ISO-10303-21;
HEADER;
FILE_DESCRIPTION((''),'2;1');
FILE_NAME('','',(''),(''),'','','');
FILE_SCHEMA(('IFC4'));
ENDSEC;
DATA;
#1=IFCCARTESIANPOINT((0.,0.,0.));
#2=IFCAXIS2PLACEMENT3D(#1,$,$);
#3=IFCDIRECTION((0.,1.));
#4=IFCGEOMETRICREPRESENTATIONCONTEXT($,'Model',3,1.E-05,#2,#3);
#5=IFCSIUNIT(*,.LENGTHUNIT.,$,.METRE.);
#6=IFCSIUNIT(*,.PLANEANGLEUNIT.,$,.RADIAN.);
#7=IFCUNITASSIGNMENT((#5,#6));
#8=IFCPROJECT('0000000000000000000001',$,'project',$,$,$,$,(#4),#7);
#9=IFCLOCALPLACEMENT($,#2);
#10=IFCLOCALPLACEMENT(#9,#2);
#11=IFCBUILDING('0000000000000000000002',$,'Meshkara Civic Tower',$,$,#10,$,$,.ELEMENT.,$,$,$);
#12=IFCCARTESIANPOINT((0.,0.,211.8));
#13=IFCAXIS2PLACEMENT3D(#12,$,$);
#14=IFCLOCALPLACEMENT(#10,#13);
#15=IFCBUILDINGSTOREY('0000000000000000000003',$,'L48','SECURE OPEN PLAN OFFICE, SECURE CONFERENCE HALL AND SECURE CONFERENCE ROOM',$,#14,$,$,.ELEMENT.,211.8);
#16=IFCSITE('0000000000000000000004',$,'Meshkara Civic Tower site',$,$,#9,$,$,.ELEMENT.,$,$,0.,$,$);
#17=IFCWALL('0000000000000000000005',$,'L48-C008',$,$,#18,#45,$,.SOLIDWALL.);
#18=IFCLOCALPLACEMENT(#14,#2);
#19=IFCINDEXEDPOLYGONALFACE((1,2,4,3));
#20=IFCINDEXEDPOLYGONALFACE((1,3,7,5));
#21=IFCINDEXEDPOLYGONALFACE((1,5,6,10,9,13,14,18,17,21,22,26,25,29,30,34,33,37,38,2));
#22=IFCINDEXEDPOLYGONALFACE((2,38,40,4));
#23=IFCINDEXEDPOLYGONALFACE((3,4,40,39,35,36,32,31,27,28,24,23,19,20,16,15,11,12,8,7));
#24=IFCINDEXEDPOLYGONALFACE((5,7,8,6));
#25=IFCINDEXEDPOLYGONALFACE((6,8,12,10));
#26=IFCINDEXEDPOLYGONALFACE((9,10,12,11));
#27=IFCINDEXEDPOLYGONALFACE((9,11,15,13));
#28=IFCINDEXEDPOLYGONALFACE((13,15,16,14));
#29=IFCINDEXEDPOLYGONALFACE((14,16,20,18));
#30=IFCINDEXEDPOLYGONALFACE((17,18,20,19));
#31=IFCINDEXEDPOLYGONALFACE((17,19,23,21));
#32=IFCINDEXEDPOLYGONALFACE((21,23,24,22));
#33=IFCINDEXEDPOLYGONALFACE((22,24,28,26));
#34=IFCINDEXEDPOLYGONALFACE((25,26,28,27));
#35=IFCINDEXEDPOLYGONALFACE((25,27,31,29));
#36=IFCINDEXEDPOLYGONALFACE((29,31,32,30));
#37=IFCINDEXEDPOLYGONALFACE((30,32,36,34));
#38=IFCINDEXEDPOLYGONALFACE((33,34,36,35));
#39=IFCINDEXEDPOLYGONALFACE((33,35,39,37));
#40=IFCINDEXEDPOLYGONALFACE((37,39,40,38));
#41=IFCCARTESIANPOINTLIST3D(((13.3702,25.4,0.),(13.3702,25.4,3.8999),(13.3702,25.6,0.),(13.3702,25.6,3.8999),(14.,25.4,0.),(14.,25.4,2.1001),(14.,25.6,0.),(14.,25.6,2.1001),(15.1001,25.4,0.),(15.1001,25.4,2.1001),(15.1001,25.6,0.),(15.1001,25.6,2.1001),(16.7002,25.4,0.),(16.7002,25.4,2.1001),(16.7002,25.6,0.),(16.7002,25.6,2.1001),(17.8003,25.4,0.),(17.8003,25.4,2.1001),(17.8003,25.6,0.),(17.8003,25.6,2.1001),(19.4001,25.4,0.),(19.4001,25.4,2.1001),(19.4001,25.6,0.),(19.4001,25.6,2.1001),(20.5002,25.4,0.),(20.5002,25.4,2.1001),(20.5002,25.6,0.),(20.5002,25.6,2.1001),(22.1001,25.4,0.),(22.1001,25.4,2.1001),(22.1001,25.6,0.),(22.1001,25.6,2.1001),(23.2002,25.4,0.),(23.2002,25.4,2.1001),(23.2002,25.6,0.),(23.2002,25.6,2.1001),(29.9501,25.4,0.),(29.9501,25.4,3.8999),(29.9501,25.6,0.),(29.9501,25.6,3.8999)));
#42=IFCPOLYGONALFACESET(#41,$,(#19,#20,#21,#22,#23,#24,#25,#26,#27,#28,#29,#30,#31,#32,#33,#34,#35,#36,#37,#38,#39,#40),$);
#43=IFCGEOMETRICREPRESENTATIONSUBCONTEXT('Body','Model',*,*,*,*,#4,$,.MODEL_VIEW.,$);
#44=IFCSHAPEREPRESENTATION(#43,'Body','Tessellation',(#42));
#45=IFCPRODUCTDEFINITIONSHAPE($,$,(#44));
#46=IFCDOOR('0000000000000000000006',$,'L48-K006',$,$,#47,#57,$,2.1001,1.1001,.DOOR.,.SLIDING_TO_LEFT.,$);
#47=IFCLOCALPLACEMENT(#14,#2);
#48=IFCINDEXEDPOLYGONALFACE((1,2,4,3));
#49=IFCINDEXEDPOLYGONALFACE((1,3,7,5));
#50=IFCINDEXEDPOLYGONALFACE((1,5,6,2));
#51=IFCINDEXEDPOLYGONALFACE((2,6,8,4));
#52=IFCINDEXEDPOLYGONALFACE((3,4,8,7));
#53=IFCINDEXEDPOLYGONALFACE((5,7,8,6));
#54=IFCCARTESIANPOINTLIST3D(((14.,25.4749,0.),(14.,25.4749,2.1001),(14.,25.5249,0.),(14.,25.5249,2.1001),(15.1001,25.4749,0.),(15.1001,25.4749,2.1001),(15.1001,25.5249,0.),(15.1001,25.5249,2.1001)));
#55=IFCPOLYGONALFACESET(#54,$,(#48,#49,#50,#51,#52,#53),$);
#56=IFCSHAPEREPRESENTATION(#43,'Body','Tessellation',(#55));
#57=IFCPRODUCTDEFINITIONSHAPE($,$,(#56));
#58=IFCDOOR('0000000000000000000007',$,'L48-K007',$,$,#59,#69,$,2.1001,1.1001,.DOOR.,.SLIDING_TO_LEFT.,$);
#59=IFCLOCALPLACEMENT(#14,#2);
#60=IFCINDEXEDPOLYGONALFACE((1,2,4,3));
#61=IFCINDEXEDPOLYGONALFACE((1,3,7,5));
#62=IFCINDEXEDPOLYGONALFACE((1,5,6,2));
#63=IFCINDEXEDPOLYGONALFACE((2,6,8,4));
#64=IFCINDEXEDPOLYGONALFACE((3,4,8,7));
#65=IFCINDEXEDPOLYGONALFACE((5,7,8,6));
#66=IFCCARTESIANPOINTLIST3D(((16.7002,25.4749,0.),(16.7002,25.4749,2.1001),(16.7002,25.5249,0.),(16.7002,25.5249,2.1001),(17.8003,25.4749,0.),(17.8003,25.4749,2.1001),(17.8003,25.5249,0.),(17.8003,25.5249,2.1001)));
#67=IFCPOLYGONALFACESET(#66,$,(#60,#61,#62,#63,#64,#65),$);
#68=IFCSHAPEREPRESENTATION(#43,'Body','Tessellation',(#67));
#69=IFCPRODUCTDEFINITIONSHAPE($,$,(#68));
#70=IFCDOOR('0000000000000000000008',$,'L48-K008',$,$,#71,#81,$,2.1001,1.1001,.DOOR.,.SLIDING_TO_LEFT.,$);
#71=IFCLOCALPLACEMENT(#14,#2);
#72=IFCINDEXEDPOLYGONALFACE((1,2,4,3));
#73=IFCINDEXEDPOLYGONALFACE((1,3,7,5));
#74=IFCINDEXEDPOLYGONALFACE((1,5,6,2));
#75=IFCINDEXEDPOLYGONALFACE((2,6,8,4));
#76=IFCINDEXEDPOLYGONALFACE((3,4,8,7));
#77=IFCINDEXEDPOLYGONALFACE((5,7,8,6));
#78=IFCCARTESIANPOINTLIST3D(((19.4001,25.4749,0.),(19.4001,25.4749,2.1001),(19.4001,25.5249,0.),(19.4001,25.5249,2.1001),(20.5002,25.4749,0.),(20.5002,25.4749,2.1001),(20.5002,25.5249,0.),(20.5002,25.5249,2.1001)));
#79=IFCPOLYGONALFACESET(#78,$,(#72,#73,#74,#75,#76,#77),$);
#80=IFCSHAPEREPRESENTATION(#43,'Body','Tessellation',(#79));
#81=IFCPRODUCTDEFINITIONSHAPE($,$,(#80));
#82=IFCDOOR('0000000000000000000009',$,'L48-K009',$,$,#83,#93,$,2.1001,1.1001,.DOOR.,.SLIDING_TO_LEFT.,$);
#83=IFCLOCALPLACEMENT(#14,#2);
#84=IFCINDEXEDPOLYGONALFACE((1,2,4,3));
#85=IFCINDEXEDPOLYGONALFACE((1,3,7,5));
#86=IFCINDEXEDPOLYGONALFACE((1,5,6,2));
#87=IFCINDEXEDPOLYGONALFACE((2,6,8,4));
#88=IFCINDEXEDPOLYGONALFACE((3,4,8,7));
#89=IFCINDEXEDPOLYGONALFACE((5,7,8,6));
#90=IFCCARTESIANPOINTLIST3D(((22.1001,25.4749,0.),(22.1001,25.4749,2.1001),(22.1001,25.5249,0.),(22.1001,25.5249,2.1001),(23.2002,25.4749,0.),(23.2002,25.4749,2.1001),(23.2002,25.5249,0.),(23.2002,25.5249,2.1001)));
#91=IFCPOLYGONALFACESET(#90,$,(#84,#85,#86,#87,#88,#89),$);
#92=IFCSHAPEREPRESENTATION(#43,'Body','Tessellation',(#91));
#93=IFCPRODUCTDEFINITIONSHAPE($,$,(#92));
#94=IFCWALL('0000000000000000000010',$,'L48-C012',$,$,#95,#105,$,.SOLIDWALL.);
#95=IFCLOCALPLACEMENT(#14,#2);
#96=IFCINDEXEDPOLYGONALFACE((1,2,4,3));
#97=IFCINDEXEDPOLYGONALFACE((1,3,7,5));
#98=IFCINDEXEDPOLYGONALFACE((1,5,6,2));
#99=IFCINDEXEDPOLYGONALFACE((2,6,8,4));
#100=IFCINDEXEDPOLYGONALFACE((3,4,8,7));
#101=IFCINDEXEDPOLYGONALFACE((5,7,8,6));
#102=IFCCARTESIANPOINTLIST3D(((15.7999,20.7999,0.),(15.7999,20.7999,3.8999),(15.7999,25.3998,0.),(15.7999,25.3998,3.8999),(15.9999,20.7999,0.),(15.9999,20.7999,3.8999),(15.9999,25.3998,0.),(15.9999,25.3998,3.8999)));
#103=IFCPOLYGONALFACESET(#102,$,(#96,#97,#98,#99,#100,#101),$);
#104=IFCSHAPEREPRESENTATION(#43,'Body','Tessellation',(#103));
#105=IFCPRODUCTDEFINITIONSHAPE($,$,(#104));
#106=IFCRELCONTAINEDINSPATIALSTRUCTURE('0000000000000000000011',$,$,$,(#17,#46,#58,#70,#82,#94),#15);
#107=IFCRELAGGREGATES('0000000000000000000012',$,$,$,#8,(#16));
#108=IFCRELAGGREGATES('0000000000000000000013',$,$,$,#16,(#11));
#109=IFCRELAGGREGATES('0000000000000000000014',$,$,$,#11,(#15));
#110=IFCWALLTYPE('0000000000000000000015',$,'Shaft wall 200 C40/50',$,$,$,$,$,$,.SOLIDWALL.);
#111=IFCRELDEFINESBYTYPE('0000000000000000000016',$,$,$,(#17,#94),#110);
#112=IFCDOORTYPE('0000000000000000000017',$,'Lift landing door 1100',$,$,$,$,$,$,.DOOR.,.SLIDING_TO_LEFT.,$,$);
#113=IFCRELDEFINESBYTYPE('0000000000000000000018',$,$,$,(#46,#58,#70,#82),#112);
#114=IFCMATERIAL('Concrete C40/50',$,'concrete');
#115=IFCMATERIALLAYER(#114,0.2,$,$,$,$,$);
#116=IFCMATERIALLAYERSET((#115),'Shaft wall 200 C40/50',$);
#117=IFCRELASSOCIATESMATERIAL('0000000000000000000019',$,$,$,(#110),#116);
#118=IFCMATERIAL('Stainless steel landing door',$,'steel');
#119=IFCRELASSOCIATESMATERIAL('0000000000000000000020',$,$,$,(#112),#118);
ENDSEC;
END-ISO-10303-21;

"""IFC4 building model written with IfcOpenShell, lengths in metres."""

from ifc_helpers import new_model, si_unit, direction, frame, frame_2d, origin, place, context, subcontext, project, spatial, rectangle, extrude, material, layer, layer_set, type_object, element, fill, save


model = new_model("IFC4")

# Units and contexts
model_context = context("Model", 3, precision=1e-05, world=origin(), true_north=direction((0.0, 1.0)))
body_context = subcontext(model_context, "Body", "Model", "MODEL_VIEW")
ifc_project = project(units=[si_unit("LENGTHUNIT", "METRE"), si_unit("PLANEANGLEUNIT", "RADIAN")], contexts=[model_context])

# Site, building, storey
site_placement = place(None, origin())
site = spatial("IfcSite", under=ifc_project, at=site_placement, Name="Meshkara Civic Tower site", CompositionType="ELEMENT", RefElevation=0.0)
building_placement = place(site_placement, origin())
building = spatial("IfcBuilding", under=site, at=building_placement, Name="Meshkara Civic Tower", CompositionType="ELEMENT")
storey_placement = place(building_placement, frame((0.0, 0.0, 211.8)))
storey = spatial("IfcBuildingStorey", under=building, at=storey_placement, Name="L48", Description="SECURE OPEN PLAN OFFICE, SECURE CONFERENCE HALL AND SECURE CONFERENCE ROOM", CompositionType="ELEMENT", Elevation=211.8)

# Wall, openings, doors
ifc_material_1 = material(Name="Concrete C40/50", Category="concrete")
ifc_layer_1 = layer(ifc_material_1, 0.2)
ifc_layer_set_1 = layer_set([ifc_layer_1], Name="Shaft wall 200 C40/50")
wall_type_1 = type_object("IfcWallType", Name="Shaft wall 200 C40/50", PredefinedType="SOLIDWALL", material=ifc_layer_set_1)
ifc_material_2 = material(Name="Stainless steel landing door", Category="steel")
door_type_1 = type_object("IfcDoorType", Name="Lift landing door 1100", OperationType="SLIDING_TO_LEFT", PredefinedType="DOOR", material=ifc_material_2)
wall_1_placement = place(storey_placement, frame((13.3701, 25.5, 0.0), z_axis=(0.0, 0.0, 1.0), x_axis=(1.0, 0.0, 0.0)))
wall_1 = element("IfcWall", 1, at=wall_1_placement, inside=storey, type_object=wall_type_1, Name="L48-C008", PredefinedType="SOLIDWALL", context=body_context, shape_type="SweptSolid", body=[
    extrude(rectangle(XDim=16.5798, YDim=0.2, at=frame_2d((8.29, 0.0))), origin(), (0.0, 0.0, 1.0), 3.8999),
])
opening_1_placement = place(wall_1_placement, frame((0.6299, 0.0, 0.0)))
opening_1 = element("IfcOpeningElement", 2, at=opening_1_placement, cuts=wall_1, PredefinedType="OPENING", context=body_context, shape_type="SweptSolid", body=[
    extrude(rectangle(XDim=1.1001, YDim=2.1001, at=frame_2d((0.55, 1.05))), frame((0.0, 0.1099, 0.0), z_axis=(0.0, -1.0, 0.0), x_axis=(1.0, 0.0, 0.0)), (0.0, 0.0, 1.0), 0.22),
])
opening_2_placement = place(wall_1_placement, frame((3.3301, 0.0, 0.0)))
opening_2 = element("IfcOpeningElement", 3, at=opening_2_placement, cuts=wall_1, PredefinedType="OPENING", context=body_context, shape_type="SweptSolid", body=[
    extrude(rectangle(XDim=1.1001, YDim=2.1001, at=frame_2d((0.55, 1.05))), frame((0.0, 0.1099, 0.0), z_axis=(0.0, -1.0, 0.0), x_axis=(1.0, 0.0, 0.0)), (0.0, 0.0, 1.0), 0.22),
])
opening_3_placement = place(wall_1_placement, frame((6.03, 0.0, 0.0)))
opening_3 = element("IfcOpeningElement", 4, at=opening_3_placement, cuts=wall_1, PredefinedType="OPENING", context=body_context, shape_type="SweptSolid", body=[
    extrude(rectangle(XDim=1.1001, YDim=2.1001, at=frame_2d((0.55, 1.05))), frame((0.0, 0.1099, 0.0), z_axis=(0.0, -1.0, 0.0), x_axis=(1.0, 0.0, 0.0)), (0.0, 0.0, 1.0), 0.22),
])
opening_4_placement = place(wall_1_placement, frame((8.73, 0.0, 0.0)))
opening_4 = element("IfcOpeningElement", 5, at=opening_4_placement, cuts=wall_1, PredefinedType="OPENING", context=body_context, shape_type="SweptSolid", body=[
    extrude(rectangle(XDim=1.1001, YDim=2.1001, at=frame_2d((0.55, 1.05))), frame((0.0, 0.1099, 0.0), z_axis=(0.0, -1.0, 0.0), x_axis=(1.0, 0.0, 0.0)), (0.0, 0.0, 1.0), 0.22),
])
door_1_placement = place(opening_1_placement, origin())
door_1 = element("IfcDoor", 6, at=door_1_placement, inside=storey, type_object=door_type_1, Name="L48-K006", OperationType="SLIDING_TO_LEFT", OverallHeight=2.1001, OverallWidth=1.1001, PredefinedType="DOOR", context=body_context, shape_type="SweptSolid", body=[
    extrude(rectangle(XDim=1.1001, YDim=2.1001, at=frame_2d((0.55, 1.05))), frame((0.0, 0.0249, 0.0), z_axis=(0.0, -1.0, 0.0), x_axis=(1.0, 0.0, 0.0)), (0.0, 0.0, 1.0), 0.05),
])
fill(opening_1, door_1)
door_2_placement = place(opening_2_placement, origin())
door_2 = element("IfcDoor", 7, at=door_2_placement, inside=storey, type_object=door_type_1, Name="L48-K007", OperationType="SLIDING_TO_LEFT", OverallHeight=2.1001, OverallWidth=1.1001, PredefinedType="DOOR", context=body_context, shape_type="SweptSolid", body=[
    extrude(rectangle(XDim=1.1001, YDim=2.1001, at=frame_2d((0.55, 1.05))), frame((0.0, 0.0249, 0.0), z_axis=(0.0, -1.0, 0.0), x_axis=(1.0, 0.0, 0.0)), (0.0, 0.0, 1.0), 0.05),
])
fill(opening_2, door_2)
door_3_placement = place(opening_3_placement, origin())
door_3 = element("IfcDoor", 8, at=door_3_placement, inside=storey, type_object=door_type_1, Name="L48-K008", OperationType="SLIDING_TO_LEFT", OverallHeight=2.1001, OverallWidth=1.1001, PredefinedType="DOOR", context=body_context, shape_type="SweptSolid", body=[
    extrude(rectangle(XDim=1.1001, YDim=2.1001, at=frame_2d((0.55, 1.05))), frame((0.0, 0.0249, 0.0), z_axis=(0.0, -1.0, 0.0), x_axis=(1.0, 0.0, 0.0)), (0.0, 0.0, 1.0), 0.05),
])
fill(opening_3, door_3)
door_4_placement = place(opening_4_placement, origin())
door_4 = element("IfcDoor", 9, at=door_4_placement, inside=storey, type_object=door_type_1, Name="L48-K009", OperationType="SLIDING_TO_LEFT", OverallHeight=2.1001, OverallWidth=1.1001, PredefinedType="DOOR", context=body_context, shape_type="SweptSolid", body=[
    extrude(rectangle(XDim=1.1001, YDim=2.1001, at=frame_2d((0.55, 1.05))), frame((0.0, 0.0249, 0.0), z_axis=(0.0, -1.0, 0.0), x_axis=(1.0, 0.0, 0.0)), (0.0, 0.0, 1.0), 0.05),
])
fill(opening_4, door_4)

# Wall
wall_2_placement = place(storey_placement, frame((15.8999, 20.8, 0.0), z_axis=(0.0, 0.0, 1.0), x_axis=(0.0, 1.0, 0.0)))
element("IfcWall", 10, at=wall_2_placement, inside=storey, type_object=wall_type_1, Name="L48-C012", PredefinedType="SOLIDWALL", context=body_context, shape_type="SweptSolid", body=[
    extrude(rectangle(XDim=4.5999, YDim=0.2, at=frame_2d((2.2998, 0.0))), origin(), (0.0, 0.0, 1.0), 3.8999),
])

save(model, "model.ifc")
